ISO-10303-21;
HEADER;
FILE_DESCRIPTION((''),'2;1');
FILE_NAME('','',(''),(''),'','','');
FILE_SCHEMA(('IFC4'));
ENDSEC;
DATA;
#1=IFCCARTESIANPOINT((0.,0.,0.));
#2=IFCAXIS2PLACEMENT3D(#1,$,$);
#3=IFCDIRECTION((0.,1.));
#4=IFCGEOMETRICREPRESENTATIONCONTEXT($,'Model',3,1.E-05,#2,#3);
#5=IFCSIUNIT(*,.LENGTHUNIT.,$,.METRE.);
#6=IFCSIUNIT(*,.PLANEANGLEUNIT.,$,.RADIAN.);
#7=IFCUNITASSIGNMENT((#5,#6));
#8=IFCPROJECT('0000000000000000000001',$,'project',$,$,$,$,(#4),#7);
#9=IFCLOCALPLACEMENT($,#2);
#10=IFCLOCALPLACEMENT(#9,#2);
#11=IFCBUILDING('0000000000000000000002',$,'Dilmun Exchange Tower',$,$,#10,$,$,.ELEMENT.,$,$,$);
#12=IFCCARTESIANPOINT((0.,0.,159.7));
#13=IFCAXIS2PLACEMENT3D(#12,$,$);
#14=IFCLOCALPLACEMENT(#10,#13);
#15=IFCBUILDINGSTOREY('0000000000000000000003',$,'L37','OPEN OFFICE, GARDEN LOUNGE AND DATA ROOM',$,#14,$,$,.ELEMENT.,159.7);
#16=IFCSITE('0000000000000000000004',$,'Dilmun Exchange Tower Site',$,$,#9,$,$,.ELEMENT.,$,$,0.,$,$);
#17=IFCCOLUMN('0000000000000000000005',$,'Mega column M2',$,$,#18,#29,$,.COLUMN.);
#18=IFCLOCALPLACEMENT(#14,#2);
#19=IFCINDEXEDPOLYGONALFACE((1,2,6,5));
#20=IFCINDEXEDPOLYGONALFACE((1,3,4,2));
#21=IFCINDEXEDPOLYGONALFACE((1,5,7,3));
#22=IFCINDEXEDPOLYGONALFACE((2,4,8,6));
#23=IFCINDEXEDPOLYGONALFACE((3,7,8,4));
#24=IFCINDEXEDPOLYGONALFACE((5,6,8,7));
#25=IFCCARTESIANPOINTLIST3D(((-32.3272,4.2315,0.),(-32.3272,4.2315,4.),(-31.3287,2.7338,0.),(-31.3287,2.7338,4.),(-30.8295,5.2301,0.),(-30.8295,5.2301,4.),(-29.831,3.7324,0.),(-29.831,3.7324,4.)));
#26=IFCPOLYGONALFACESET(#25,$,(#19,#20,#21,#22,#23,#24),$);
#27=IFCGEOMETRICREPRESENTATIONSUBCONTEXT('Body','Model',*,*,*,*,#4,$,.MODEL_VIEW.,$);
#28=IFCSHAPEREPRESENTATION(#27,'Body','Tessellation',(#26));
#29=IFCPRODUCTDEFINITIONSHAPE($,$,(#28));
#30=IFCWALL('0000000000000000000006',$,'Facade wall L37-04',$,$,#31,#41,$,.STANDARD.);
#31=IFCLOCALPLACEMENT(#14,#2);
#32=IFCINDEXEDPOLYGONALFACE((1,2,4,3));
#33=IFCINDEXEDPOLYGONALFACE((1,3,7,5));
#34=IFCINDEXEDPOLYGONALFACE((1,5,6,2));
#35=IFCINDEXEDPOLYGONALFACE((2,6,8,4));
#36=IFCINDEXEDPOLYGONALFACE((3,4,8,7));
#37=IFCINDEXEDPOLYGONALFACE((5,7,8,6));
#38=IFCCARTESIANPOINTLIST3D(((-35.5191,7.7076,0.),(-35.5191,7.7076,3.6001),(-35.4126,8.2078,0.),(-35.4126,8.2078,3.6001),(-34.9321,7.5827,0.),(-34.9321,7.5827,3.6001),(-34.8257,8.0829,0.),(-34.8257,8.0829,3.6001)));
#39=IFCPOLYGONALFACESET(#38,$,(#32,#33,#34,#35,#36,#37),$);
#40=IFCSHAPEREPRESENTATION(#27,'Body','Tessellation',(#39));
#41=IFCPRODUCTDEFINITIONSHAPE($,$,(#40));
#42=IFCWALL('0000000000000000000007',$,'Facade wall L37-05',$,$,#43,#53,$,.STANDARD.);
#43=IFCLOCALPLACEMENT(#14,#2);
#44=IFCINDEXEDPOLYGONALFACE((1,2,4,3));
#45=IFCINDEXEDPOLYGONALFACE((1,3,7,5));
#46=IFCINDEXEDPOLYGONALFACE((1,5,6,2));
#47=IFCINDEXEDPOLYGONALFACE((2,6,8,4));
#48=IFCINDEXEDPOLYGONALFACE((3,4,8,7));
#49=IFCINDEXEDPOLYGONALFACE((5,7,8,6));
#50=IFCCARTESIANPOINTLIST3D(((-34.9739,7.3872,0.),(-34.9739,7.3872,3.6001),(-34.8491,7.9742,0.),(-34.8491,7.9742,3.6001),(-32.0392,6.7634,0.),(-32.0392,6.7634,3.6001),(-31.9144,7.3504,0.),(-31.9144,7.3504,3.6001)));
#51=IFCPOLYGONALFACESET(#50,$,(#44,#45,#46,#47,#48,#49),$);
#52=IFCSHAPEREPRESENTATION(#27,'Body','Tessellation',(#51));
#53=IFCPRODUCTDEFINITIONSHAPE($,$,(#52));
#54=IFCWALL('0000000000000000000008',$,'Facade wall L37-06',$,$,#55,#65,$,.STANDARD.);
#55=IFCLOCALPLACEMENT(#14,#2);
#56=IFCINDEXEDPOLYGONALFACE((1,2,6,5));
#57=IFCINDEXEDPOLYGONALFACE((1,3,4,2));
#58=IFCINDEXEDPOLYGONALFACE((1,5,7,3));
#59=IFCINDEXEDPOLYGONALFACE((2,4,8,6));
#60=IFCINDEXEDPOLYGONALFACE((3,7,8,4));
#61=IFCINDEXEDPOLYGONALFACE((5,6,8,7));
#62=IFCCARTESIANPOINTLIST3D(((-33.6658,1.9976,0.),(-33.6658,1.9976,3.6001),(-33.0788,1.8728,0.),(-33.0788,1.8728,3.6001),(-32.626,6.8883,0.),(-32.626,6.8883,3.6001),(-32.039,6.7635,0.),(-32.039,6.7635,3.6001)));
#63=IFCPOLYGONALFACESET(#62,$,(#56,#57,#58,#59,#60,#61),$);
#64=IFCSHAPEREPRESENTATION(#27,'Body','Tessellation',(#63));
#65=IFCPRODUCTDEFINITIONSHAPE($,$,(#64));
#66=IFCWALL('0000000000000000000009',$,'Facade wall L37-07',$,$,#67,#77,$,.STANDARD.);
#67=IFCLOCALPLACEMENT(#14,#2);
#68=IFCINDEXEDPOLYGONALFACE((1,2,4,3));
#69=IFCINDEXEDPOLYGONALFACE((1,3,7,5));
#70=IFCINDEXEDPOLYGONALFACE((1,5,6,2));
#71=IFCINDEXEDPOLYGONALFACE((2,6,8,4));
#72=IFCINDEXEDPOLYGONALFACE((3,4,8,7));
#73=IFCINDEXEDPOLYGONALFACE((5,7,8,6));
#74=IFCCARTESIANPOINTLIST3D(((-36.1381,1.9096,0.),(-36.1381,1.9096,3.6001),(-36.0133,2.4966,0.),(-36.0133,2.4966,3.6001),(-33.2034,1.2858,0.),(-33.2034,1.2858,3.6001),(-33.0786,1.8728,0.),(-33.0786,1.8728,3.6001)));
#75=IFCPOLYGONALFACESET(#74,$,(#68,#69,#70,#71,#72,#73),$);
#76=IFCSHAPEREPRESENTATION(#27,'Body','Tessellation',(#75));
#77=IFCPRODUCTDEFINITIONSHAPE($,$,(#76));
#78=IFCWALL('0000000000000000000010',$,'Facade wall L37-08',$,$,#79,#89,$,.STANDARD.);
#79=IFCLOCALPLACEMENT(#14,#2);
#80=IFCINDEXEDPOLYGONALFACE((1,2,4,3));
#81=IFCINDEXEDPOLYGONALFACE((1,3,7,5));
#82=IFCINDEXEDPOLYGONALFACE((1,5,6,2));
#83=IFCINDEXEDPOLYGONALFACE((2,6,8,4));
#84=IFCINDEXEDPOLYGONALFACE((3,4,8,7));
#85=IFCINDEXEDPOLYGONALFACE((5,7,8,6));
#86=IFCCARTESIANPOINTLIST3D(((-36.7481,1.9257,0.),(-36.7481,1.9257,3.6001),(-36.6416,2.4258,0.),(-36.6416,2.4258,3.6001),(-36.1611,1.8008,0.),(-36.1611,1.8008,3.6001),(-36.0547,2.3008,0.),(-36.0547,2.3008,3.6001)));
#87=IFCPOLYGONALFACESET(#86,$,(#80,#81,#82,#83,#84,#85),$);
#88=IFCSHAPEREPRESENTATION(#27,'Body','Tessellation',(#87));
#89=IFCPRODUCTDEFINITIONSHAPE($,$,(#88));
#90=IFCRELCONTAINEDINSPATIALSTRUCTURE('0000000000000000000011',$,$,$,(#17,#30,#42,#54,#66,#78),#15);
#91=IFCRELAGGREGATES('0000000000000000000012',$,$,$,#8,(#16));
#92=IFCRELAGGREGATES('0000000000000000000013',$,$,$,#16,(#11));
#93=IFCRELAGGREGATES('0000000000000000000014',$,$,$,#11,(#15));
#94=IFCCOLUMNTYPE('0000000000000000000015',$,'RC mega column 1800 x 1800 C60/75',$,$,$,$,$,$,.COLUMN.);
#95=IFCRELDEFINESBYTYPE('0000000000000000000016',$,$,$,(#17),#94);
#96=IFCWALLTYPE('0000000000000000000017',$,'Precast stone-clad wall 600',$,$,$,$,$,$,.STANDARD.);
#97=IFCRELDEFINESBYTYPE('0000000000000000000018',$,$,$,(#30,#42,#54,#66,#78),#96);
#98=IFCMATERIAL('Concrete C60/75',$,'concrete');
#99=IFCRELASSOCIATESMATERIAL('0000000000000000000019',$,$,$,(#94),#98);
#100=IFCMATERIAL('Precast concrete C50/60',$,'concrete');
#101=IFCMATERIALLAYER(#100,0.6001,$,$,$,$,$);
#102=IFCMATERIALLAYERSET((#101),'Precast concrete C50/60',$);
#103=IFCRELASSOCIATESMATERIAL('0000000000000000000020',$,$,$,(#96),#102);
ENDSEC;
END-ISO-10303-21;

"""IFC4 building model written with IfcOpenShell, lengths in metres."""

from ifc_helpers import new_model, si_unit, direction, frame, frame_2d, origin, origin_2d, place, context, subcontext, project, spatial, rectangle, extrude, material, layer, layer_set, material_profile, profile_set, type_object, element, save


model = new_model("IFC4")

# Units and contexts
model_context = context("Model", 3, precision=1e-05, world=origin(), true_north=direction((0.0, 1.0)))
body_context = subcontext(model_context, "Body", "Model", "MODEL_VIEW")
ifc_project = project(units=[si_unit("LENGTHUNIT", "METRE"), si_unit("PLANEANGLEUNIT", "RADIAN")], contexts=[model_context])

# Site, building, storey
site_placement = place(None, origin())
site = spatial("IfcSite", under=ifc_project, at=site_placement, Name="Dilmun Exchange Tower Site", CompositionType="ELEMENT", RefElevation=0.0)
building_placement = place(site_placement, origin())
building = spatial("IfcBuilding", under=site, at=building_placement, Name="Dilmun Exchange Tower", CompositionType="ELEMENT")
storey_placement = place(building_placement, frame((0.0, 0.0, 159.7)))
storey = spatial("IfcBuildingStorey", under=building, at=storey_placement, Name="L37", Description="OPEN OFFICE, GARDEN LOUNGE AND DATA ROOM", CompositionType="ELEMENT", Elevation=159.7)

# Column
ifc_material_1 = material(Name="Concrete C60/75", Category="concrete")
ifc_material_profile = material_profile(ifc_material_1, rectangle(XDim=1.8, YDim=1.8, at=origin_2d()), Name="1800 x 1800")
ifc_profile_set = profile_set([ifc_material_profile], Name="Concrete C60/75")
column_type = type_object("IfcColumnType", Name="RC mega column 1800 x 1800 C60/75", PredefinedType="COLUMN", material=ifc_profile_set)
column_placement = place(storey_placement, frame((-31.0791, 3.9819, 0.0), z_axis=(0.0, 0.0, 1.0), x_axis=(0.832029, 0.554733, 0.0)))
element("IfcColumn", 1, at=column_placement, inside=storey, type_object=column_type, Name="Mega column M2", PredefinedType="COLUMN", context=body_context, shape_type="SweptSolid", body=[
    extrude(rectangle(XDim=1.8, YDim=1.8, at=origin_2d()), origin(), (0.0, 0.0, 1.0), 4.0),
])

# Walls
ifc_material_2 = material(Name="Precast concrete C50/60", Category="concrete")
ifc_layer = layer(ifc_material_2, 0.6001)
ifc_layer_set = layer_set([ifc_layer], Name="Precast concrete C50/60")
wall_type = type_object("IfcWallType", Name="Precast stone-clad wall 600", PredefinedType="STANDARD", material=ifc_layer_set)
wall_1_placement = place(storey_placement, frame((-35.1191, 8.1455, 0.0), z_axis=(0.0, 0.0, 1.0), x_axis=(-0.208127, -0.978102, 0.0)))
element("IfcWall", 2, at=wall_1_placement, inside=storey, type_object=wall_type, Name="Facade wall L37-04", PredefinedType="STANDARD", context=body_context, shape_type="SweptSolid", body=[
    extrude(rectangle(XDim=0.5115, YDim=0.6001, at=frame_2d((0.2559, 0.0))), origin(), (0.0, 0.0, 1.0), 3.6001),
])
wall_2_placement = place(storey_placement, frame((-34.9114, 7.6807, 0.0), z_axis=(0.0, 0.0, 1.0), x_axis=(0.978146, -0.207917, 0.0)))
element("IfcWall", 3, at=wall_2_placement, inside=storey, type_object=wall_type, Name="Facade wall L37-05", PredefinedType="STANDARD", context=body_context, shape_type="SweptSolid", body=[
    extrude(rectangle(XDim=3.0002, YDim=0.6001, at=frame_2d((1.5, 0.0))), origin(), (0.0, 0.0, 1.0), 3.6001),
])
wall_3_placement = place(storey_placement, frame((-32.3325, 6.8259, 0.0), z_axis=(0.0, 0.0, 1.0), x_axis=(-0.207962, -0.978137, 0.0)))
element("IfcWall", 4, at=wall_3_placement, inside=storey, type_object=wall_type, Name="Facade wall L37-06", PredefinedType="STANDARD", context=body_context, shape_type="SweptSolid", body=[
    extrude(rectangle(XDim=5.0, YDim=0.6001, at=frame_2d((2.5, 0.0))), origin(), (0.0, 0.0, 1.0), 3.6001),
])
wall_4_placement = place(storey_placement, frame((-33.1411, 1.5793, 0.0), z_axis=(0.0, 0.0, 1.0), x_axis=(-0.978146, 0.207917, 0.0)))
element("IfcWall", 5, at=wall_4_placement, inside=storey, type_object=wall_type, Name="Facade wall L37-07", PredefinedType="STANDARD", context=body_context, shape_type="SweptSolid", body=[
    extrude(rectangle(XDim=3.0002, YDim=0.6001, at=frame_2d((1.5, 0.0))), origin(), (0.0, 0.0, 1.0), 3.6001),
])
wall_5_placement = place(storey_placement, frame((-36.3481, 2.3633, 0.0), z_axis=(0.0, 0.0, 1.0), x_axis=(-0.208224, -0.978081, 0.0)))
element("IfcWall", 6, at=wall_5_placement, inside=storey, type_object=wall_type, Name="Facade wall L37-08", PredefinedType="STANDARD", context=body_context, shape_type="SweptSolid", body=[
    extrude(rectangle(XDim=0.5112, YDim=0.6001, at=frame_2d((0.2556, 0.0))), origin(), (0.0, 0.0, 1.0), 3.6001),
])

save(model, "model.ifc")
